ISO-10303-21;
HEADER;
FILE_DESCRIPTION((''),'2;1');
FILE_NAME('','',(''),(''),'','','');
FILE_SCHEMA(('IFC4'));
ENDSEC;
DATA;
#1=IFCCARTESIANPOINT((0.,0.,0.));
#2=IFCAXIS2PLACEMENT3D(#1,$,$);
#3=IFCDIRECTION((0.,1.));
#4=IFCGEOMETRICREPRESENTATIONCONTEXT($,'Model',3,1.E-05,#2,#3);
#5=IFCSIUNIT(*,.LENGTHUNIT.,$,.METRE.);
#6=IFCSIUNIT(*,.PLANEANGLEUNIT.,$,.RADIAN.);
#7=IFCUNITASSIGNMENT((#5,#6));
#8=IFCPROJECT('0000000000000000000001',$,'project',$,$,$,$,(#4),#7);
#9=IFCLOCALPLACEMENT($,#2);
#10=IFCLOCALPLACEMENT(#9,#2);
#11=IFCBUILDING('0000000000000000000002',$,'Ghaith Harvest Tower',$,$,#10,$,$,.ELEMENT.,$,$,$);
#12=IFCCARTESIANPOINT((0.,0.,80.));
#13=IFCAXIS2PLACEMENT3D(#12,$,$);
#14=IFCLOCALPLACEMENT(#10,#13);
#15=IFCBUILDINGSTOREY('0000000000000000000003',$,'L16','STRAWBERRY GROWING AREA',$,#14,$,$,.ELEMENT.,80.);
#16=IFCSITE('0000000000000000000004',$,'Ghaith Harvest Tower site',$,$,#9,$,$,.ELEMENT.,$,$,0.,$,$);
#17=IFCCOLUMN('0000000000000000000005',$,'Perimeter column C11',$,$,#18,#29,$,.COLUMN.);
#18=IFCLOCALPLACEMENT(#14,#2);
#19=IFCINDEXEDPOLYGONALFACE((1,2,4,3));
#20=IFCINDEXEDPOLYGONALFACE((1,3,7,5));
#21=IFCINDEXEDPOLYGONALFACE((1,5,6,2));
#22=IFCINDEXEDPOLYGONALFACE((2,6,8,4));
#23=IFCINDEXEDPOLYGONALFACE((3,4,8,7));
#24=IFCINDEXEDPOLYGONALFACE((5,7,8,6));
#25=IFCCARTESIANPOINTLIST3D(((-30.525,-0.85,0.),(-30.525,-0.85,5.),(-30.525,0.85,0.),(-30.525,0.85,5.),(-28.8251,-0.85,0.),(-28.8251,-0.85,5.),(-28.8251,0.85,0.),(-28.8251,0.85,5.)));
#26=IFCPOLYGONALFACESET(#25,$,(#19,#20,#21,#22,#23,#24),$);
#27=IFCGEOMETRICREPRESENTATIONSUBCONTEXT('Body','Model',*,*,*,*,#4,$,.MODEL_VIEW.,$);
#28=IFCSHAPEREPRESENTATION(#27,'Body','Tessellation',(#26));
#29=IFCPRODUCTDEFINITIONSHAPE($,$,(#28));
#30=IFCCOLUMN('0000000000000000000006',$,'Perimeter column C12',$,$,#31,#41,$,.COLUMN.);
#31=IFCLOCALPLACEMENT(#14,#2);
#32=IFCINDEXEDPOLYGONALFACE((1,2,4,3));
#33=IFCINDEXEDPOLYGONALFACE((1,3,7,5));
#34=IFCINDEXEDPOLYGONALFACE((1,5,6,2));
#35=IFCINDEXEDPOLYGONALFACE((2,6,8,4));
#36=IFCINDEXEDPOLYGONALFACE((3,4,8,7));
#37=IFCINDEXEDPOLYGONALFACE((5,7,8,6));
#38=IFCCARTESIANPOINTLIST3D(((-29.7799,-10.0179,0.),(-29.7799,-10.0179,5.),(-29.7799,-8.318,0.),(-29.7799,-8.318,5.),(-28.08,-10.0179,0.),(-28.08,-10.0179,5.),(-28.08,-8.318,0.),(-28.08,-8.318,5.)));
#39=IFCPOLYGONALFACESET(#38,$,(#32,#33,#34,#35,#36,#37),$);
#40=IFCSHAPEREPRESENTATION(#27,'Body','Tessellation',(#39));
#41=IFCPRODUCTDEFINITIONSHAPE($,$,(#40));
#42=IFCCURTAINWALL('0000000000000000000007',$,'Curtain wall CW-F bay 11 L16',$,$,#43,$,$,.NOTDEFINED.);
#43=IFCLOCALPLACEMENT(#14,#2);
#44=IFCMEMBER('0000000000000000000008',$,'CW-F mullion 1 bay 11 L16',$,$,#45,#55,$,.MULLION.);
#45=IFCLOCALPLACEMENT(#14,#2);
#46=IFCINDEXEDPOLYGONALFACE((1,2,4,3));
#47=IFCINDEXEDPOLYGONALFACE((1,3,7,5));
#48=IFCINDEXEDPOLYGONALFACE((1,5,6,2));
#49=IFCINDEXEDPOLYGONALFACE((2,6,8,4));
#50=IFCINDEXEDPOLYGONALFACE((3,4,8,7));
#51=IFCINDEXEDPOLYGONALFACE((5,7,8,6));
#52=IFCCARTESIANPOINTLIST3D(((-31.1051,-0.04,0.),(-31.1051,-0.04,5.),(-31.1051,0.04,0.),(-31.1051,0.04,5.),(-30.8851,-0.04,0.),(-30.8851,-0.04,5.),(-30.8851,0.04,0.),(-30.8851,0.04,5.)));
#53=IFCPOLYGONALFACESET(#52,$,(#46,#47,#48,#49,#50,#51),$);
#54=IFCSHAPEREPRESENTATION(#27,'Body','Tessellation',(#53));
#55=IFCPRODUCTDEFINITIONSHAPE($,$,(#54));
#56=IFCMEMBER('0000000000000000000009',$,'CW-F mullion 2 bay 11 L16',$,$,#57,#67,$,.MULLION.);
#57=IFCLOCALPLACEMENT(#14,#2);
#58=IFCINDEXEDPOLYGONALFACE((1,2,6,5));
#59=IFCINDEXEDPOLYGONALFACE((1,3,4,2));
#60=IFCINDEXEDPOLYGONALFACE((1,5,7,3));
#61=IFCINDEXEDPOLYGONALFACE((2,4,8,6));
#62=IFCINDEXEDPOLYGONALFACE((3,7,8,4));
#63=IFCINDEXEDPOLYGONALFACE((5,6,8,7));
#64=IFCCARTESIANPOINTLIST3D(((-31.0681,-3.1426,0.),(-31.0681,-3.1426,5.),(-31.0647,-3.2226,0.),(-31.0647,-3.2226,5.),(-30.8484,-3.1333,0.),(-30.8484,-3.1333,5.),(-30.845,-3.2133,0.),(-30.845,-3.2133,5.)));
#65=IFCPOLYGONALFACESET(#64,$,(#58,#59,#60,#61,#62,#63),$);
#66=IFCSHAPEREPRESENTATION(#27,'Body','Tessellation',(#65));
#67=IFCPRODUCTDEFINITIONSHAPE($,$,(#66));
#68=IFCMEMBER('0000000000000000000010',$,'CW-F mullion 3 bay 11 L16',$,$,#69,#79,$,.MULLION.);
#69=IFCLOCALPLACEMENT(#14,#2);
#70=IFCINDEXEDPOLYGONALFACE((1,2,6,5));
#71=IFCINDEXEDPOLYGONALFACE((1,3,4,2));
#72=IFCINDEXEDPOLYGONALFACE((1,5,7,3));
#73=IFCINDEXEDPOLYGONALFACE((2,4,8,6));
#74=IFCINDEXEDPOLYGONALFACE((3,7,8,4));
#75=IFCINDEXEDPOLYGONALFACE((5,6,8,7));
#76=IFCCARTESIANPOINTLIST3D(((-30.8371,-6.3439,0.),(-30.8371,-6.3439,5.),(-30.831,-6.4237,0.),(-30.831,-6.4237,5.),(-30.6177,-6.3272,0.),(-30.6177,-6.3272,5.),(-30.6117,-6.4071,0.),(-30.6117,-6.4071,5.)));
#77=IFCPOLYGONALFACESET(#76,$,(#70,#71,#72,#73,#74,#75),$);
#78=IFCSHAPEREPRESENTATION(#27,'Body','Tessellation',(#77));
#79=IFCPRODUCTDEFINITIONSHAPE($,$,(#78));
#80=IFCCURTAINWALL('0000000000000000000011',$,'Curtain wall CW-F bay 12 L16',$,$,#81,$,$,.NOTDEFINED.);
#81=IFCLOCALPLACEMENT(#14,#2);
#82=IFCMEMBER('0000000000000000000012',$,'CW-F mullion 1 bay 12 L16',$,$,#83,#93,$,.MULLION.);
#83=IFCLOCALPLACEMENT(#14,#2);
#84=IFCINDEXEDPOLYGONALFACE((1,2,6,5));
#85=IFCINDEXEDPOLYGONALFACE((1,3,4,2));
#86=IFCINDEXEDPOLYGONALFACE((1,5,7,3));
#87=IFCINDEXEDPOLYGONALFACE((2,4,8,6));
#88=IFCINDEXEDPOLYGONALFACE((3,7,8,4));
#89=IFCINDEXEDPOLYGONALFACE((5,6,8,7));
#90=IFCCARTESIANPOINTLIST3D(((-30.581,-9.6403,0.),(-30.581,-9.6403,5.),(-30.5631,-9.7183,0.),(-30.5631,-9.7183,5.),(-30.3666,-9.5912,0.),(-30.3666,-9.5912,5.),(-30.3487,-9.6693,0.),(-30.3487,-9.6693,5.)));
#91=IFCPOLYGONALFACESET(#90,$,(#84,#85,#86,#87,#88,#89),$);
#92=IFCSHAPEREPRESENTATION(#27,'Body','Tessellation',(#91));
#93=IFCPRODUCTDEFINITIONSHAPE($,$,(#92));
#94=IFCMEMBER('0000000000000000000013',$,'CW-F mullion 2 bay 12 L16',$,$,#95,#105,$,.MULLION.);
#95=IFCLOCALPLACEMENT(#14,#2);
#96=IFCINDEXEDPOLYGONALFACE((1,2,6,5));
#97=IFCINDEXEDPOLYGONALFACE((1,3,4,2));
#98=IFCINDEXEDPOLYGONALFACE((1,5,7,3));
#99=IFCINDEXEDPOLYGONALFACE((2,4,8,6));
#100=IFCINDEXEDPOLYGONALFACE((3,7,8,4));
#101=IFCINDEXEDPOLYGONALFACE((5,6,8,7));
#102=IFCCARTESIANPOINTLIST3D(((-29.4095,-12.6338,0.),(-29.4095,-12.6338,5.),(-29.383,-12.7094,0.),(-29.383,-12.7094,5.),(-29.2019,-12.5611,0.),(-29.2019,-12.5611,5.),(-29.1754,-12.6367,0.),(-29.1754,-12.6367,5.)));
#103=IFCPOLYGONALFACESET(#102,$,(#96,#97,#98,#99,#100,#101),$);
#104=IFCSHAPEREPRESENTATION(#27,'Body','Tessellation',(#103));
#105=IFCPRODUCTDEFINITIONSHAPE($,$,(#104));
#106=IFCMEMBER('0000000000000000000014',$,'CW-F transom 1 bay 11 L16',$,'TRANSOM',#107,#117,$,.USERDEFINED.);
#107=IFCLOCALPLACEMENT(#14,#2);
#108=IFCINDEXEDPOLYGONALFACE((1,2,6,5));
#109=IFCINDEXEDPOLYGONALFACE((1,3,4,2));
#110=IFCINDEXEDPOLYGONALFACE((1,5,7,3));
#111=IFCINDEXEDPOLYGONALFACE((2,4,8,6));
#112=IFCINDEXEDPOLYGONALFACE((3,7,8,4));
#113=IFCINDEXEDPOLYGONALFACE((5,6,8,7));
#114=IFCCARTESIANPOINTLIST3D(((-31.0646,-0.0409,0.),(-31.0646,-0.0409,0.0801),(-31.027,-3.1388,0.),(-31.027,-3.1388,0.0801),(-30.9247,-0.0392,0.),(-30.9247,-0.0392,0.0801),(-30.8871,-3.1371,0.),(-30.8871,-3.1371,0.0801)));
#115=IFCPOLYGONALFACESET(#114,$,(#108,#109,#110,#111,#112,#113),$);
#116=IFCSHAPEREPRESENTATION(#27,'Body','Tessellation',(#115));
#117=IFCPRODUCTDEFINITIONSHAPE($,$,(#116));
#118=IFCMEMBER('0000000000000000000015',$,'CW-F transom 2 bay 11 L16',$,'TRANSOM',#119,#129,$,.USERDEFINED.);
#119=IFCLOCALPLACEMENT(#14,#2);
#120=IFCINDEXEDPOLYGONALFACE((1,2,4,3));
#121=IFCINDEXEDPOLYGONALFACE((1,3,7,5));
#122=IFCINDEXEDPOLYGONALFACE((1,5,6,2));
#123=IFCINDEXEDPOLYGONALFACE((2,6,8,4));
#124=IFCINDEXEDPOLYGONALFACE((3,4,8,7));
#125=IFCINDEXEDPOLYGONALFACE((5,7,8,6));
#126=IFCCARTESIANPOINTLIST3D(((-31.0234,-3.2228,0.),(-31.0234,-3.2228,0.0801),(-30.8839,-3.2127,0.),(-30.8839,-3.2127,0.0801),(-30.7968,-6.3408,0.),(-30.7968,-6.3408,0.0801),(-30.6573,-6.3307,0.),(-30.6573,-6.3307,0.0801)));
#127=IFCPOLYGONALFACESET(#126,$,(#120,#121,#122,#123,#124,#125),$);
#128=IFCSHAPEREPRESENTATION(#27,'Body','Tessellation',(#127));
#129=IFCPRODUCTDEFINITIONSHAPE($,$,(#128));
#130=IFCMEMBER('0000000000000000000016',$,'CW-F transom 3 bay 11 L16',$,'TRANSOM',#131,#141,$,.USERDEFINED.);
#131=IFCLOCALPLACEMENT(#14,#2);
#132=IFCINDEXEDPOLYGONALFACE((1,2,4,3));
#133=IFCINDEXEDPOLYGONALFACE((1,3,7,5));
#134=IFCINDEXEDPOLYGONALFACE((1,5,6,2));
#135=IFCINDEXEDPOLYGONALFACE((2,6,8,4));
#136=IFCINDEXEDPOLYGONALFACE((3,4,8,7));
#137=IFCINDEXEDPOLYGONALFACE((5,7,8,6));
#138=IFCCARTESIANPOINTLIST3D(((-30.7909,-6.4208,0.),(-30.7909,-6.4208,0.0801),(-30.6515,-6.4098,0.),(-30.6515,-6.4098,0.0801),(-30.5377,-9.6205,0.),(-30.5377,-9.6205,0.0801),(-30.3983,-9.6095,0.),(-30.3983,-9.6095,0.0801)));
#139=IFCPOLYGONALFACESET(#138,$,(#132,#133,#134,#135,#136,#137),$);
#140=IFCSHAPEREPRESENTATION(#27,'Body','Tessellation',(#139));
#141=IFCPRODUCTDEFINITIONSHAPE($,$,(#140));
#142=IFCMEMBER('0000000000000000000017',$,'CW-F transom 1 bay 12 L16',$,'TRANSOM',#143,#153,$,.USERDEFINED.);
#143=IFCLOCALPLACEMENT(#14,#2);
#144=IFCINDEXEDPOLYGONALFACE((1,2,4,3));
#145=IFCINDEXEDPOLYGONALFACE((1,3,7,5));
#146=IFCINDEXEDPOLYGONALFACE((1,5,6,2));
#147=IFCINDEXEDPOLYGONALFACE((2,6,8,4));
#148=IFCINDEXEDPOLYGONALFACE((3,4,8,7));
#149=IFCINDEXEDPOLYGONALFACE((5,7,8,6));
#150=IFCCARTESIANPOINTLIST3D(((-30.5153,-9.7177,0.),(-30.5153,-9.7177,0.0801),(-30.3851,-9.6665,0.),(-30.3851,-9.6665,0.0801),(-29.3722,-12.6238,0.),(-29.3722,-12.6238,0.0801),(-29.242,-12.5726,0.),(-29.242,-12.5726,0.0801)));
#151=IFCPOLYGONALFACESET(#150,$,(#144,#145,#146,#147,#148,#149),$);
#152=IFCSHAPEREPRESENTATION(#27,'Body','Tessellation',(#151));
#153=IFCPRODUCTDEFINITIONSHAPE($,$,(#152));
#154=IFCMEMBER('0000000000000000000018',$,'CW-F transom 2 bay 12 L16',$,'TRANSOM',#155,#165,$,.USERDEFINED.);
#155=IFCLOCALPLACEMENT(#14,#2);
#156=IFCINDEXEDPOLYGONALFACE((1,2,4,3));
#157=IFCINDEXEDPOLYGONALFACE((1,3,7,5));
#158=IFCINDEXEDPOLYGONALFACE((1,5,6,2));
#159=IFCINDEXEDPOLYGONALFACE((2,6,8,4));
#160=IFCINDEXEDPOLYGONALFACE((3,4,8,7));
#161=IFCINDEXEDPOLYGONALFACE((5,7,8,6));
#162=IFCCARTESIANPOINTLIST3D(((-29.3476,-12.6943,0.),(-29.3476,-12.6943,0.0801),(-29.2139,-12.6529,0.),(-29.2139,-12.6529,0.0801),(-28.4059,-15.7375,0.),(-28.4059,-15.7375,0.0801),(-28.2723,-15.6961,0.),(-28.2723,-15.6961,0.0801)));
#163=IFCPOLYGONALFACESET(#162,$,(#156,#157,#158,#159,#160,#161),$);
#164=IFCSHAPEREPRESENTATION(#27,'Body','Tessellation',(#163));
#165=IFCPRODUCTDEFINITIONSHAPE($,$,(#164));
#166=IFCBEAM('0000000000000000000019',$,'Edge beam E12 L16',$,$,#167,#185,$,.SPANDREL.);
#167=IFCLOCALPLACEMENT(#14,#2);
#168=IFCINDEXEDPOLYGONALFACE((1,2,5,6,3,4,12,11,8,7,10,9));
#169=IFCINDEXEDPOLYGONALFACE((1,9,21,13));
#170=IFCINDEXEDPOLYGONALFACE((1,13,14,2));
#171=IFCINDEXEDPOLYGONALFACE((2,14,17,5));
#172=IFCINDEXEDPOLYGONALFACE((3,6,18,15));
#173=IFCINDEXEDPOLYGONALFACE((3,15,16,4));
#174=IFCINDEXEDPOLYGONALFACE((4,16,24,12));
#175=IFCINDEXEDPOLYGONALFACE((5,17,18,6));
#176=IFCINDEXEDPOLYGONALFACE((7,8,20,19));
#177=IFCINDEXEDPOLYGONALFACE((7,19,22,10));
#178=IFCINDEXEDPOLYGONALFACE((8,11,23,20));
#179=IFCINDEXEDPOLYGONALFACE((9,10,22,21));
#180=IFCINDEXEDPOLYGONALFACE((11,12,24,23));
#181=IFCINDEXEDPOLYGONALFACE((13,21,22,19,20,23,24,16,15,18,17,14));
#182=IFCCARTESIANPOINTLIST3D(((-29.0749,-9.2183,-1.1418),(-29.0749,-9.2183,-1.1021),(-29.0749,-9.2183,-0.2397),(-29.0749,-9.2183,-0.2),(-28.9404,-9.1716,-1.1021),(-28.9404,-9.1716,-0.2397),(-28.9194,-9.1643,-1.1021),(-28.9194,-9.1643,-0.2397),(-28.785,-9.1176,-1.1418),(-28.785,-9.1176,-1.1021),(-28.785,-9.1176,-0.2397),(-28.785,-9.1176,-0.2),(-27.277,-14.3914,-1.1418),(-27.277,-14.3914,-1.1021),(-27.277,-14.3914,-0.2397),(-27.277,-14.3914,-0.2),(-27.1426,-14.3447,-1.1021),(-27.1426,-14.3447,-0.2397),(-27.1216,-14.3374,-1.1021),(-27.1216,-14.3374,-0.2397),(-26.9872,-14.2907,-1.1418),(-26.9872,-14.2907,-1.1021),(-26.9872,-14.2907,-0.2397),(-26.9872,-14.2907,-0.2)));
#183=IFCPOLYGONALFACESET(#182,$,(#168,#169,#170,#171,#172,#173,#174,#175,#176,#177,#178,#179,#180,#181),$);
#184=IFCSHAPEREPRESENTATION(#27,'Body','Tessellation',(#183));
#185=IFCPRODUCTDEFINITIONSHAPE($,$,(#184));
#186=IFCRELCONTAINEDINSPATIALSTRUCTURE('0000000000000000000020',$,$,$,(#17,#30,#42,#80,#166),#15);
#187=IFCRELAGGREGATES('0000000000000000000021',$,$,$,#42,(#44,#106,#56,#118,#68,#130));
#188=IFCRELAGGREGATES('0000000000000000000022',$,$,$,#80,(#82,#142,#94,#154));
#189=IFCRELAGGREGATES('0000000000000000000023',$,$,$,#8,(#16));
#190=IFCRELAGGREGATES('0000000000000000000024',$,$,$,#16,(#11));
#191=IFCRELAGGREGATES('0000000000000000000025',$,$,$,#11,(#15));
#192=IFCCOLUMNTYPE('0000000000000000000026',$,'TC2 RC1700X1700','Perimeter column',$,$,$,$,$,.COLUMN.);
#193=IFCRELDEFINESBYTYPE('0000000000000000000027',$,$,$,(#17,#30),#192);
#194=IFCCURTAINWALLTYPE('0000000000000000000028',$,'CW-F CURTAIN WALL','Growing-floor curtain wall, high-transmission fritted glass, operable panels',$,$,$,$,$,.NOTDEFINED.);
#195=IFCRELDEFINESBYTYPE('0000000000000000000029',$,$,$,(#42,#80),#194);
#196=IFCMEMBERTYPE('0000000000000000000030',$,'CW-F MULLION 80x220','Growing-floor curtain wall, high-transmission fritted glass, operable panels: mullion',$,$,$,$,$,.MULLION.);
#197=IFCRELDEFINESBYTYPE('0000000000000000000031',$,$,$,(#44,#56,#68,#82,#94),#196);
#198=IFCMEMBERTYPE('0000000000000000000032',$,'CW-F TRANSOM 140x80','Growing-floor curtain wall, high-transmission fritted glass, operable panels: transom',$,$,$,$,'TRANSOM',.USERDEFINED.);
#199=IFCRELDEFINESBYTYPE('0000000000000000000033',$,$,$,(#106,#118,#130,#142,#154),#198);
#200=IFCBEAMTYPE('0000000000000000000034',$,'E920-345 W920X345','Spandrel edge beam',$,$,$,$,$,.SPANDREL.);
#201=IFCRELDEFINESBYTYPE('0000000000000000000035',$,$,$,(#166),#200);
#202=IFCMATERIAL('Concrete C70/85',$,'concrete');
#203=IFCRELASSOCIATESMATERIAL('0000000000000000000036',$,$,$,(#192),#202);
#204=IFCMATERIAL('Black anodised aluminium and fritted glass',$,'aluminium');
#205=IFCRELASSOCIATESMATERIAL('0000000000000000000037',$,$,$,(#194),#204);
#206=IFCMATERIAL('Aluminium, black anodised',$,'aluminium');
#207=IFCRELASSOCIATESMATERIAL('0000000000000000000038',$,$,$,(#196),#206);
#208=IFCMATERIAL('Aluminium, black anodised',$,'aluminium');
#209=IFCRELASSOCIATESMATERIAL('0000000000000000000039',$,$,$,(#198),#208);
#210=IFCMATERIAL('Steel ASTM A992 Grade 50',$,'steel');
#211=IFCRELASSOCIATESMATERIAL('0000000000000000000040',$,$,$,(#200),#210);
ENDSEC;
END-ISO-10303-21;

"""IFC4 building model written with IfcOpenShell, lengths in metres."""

from ifc_helpers import new_model, si_unit, direction, frame, origin, origin_2d, place, context, subcontext, project, spatial, rectangle, i_section, extrude, material, material_profile, profile_set, type_object, element, aggregate, save


model = new_model("IFC4")

# Units and contexts
model_context = context("Model", 3, precision=1e-05, world=origin(), true_north=direction((0.0, 1.0)))
body_context = subcontext(model_context, "Body", "Model", "MODEL_VIEW")
ifc_project = project(units=[si_unit("LENGTHUNIT", "METRE"), si_unit("PLANEANGLEUNIT", "RADIAN")], contexts=[model_context])

# Site, building, storey
site_placement = place(None, origin())
site = spatial("IfcSite", under=ifc_project, at=site_placement, Name="Ghaith Harvest Tower site", CompositionType="ELEMENT", RefElevation=0.0)
building_placement = place(site_placement, origin())
building = spatial("IfcBuilding", under=site, at=building_placement, Name="Ghaith Harvest Tower", CompositionType="ELEMENT")
storey_placement = place(building_placement, frame((0.0, 0.0, 80.0)))
storey = spatial("IfcBuildingStorey", under=building, at=storey_placement, Name="L16", Description="STRAWBERRY GROWING AREA", CompositionType="ELEMENT", Elevation=80.0)

# Columns
ifc_material_1 = material(Name="Concrete C70/85", Category="concrete")
ifc_material_profile_1 = material_profile(ifc_material_1, rectangle(XDim=1.7, YDim=1.7, at=origin_2d()), Name="RC1700X1700")
ifc_profile_set_1 = profile_set([ifc_material_profile_1], Name="Concrete C70/85")
column_type = type_object("IfcColumnType", Name="TC2 RC1700X1700", Description="Perimeter column", PredefinedType="COLUMN", material=ifc_profile_set_1)
for number, where, z_axis, x_axis, name in (
    (1, (-29.675, 0.0, 0.0), (0.0, 0.0, 1.0), (1.0, 0.0, 0.0), "Perimeter column C11"),
    (2, (-28.9299, -9.168, 0.0), (0.0, 0.0, 1.0), (1.0, 0.0, 0.0), "Perimeter column C12"),
):
    element("IfcColumn", number, at=place(storey_placement, frame(where, z_axis=z_axis, x_axis=x_axis)), inside=storey, type_object=column_type, Name=name, PredefinedType="COLUMN", context=body_context, shape_type="SweptSolid", body=[
        extrude(rectangle(XDim=1.7, YDim=1.7, at=origin_2d()), origin(), (0.0, 0.0, 1.0), 5.0),
    ])

# Curtain walls, members
ifc_material_2 = material(Name="Black anodised aluminium and fritted glass", Category="aluminium")
curtain_wall_type = type_object("IfcCurtainWallType", Name="CW-F CURTAIN WALL", Description="Growing-floor curtain wall, high-transmission fritted glass, operable panels", PredefinedType="NOTDEFINED", material=ifc_material_2)
curtain_wall_1_placement = place(storey_placement, origin())
curtain_wall_1 = element("IfcCurtainWall", 3, at=curtain_wall_1_placement, inside=storey, type_object=curtain_wall_type, Name="Curtain wall CW-F bay 11 L16", PredefinedType="NOTDEFINED")
ifc_material_3 = material(Name="Aluminium, black anodised", Category="aluminium")
ifc_material_profile_2 = material_profile(ifc_material_3, rectangle(XDim=0.0801, YDim=0.22, at=origin_2d()), Name="CW-F MULLION 80x220")
ifc_profile_set_2 = profile_set([ifc_material_profile_2], Name="Aluminium, black anodised")
member_type_1 = type_object("IfcMemberType", Name="CW-F MULLION 80x220", Description="Growing-floor curtain wall, high-transmission fritted glass, operable panels: mullion", PredefinedType="MULLION", material=ifc_profile_set_2)
member_1_placement = place(storey_placement, frame((-30.9951, 0.0, 0.0), z_axis=(0.0, 0.0, 1.0), x_axis=(0.0, -1.0, 0.0)))
member_1 = element("IfcMember", 4, at=member_1_placement, type_object=member_type_1, Name="CW-F mullion 1 bay 11 L16", PredefinedType="MULLION", context=body_context, shape_type="SweptSolid", body=[
    extrude(rectangle(XDim=0.0801, YDim=0.22, at=origin_2d()), origin(), (0.0, 0.0, 1.0), 5.0),
])
member_2_placement = place(storey_placement, frame((-30.9565, -3.178, 0.0), z_axis=(0.0, 0.0, 1.0), x_axis=(0.042427, -0.9991, 0.0)))
member_2 = element("IfcMember", 5, at=member_2_placement, type_object=member_type_1, Name="CW-F mullion 2 bay 11 L16", PredefinedType="MULLION", context=body_context, shape_type="SweptSolid", body=[
    extrude(rectangle(XDim=0.0801, YDim=0.22, at=origin_2d()), origin(), (0.0, 0.0, 1.0), 5.0),
])
member_3_placement = place(storey_placement, frame((-30.7244, -6.3755, 0.0), z_axis=(0.0, 0.0, 1.0), x_axis=(0.075686, -0.997132, 0.0)))
member_3 = element("IfcMember", 6, at=member_3_placement, type_object=member_type_1, Name="CW-F mullion 3 bay 11 L16", PredefinedType="MULLION", context=body_context, shape_type="SweptSolid", body=[
    extrude(rectangle(XDim=0.0801, YDim=0.22, at=origin_2d()), origin(), (0.0, 0.0, 1.0), 5.0),
])
curtain_wall_2_placement = place(storey_placement, origin())
curtain_wall_2 = element("IfcCurtainWall", 7, at=curtain_wall_2_placement, inside=storey, type_object=curtain_wall_type, Name="Curtain wall CW-F bay 12 L16", PredefinedType="NOTDEFINED")
member_4_placement = place(storey_placement, frame((-30.4648, -9.6548, 0.0), z_axis=(0.0, 0.0, 1.0), x_axis=(0.222967, -0.974826, 0.0)))
member_4 = element("IfcMember", 8, at=member_4_placement, type_object=member_type_1, Name="CW-F mullion 1 bay 12 L16", PredefinedType="MULLION", context=body_context, shape_type="SweptSolid", body=[
    extrude(rectangle(XDim=0.0801, YDim=0.22, at=origin_2d()), origin(), (0.0, 0.0, 1.0), 5.0),
])
member_5_placement = place(storey_placement, frame((-29.2925, -12.6353, 0.0), z_axis=(0.0, 0.0, 1.0), x_axis=(0.330701, -0.943736, 0.0)))
member_5 = element("IfcMember", 9, at=member_5_placement, type_object=member_type_1, Name="CW-F mullion 2 bay 12 L16", PredefinedType="MULLION", context=body_context, shape_type="SweptSolid", body=[
    extrude(rectangle(XDim=0.0801, YDim=0.22, at=origin_2d()), origin(), (0.0, 0.0, 1.0), 5.0),
])

# Members
ifc_material_4 = material(Name="Aluminium, black anodised", Category="aluminium")
ifc_material_profile_3 = material_profile(ifc_material_4, rectangle(XDim=0.1399, YDim=0.0801, at=origin_2d()), Name="CW-F TRANSOM 140x80")
ifc_profile_set_3 = profile_set([ifc_material_profile_3], Name="Aluminium, black anodised")
member_type_2 = type_object("IfcMemberType", Name="CW-F TRANSOM 140x80", Description="Growing-floor curtain wall, high-transmission fritted glass, operable panels: transom", ElementType="TRANSOM", PredefinedType="USERDEFINED", material=ifc_profile_set_3)
member_6_placement = place(storey_placement, frame((-30.9946, -0.04, 0.04), z_axis=(0.012136, -0.999926, 0.0), x_axis=(0.999926, 0.012136, 0.0)))
member_6 = element("IfcMember", 10, at=member_6_placement, type_object=member_type_2, Name="CW-F transom 1 bay 11 L16", ObjectType="TRANSOM", PredefinedType="USERDEFINED", context=body_context, shape_type="SweptSolid", body=[
    extrude(rectangle(XDim=0.1399, YDim=0.0801, at=origin_2d()), origin(), (0.0, 0.0, 1.0), 3.0981),
])
member_7_placement = place(storey_placement, frame((-30.9536, -3.2178, 0.04), z_axis=(0.072474, -0.99737, 0.0), x_axis=(0.99737, 0.072474, 0.0)))
member_7 = element("IfcMember", 11, at=member_7_placement, type_object=member_type_2, Name="CW-F transom 2 bay 11 L16", ObjectType="TRANSOM", PredefinedType="USERDEFINED", context=body_context, shape_type="SweptSolid", body=[
    extrude(rectangle(XDim=0.1399, YDim=0.0801, at=origin_2d()), origin(), (0.0, 0.0, 1.0), 3.1262),
])
member_8_placement = place(storey_placement, frame((-30.7212, -6.4153, 0.04), z_axis=(0.078878, -0.996884, 0.0), x_axis=(0.996884, 0.078878, 0.0)))
member_8 = element("IfcMember", 12, at=member_8_placement, type_object=member_type_2, Name="CW-F transom 3 bay 11 L16", ObjectType="TRANSOM", PredefinedType="USERDEFINED", context=body_context, shape_type="SweptSolid", body=[
    extrude(rectangle(XDim=0.1399, YDim=0.0801, at=origin_2d()), origin(), (0.0, 0.0, 1.0), 3.2097),
])
member_9_placement = place(storey_placement, frame((-30.4502, -9.6921, 0.04), z_axis=(0.366047, -0.930597, 0.0), x_axis=(0.930597, 0.366047, 0.0)))
member_9 = element("IfcMember", 13, at=member_9_placement, type_object=member_type_2, Name="CW-F transom 1 bay 12 L16", ObjectType="TRANSOM", PredefinedType="USERDEFINED", context=body_context, shape_type="SweptSolid", body=[
    extrude(rectangle(XDim=0.1399, YDim=0.0801, at=origin_2d()), origin(), (0.0, 0.0, 1.0), 3.1228),
])
member_10_placement = place(storey_placement, frame((-29.2808, -12.6736, 0.04), z_axis=(0.295599, -0.955312, 0.0), x_axis=(0.955312, 0.295599, 0.0)))
member_10 = element("IfcMember", 14, at=member_10_placement, type_object=member_type_2, Name="CW-F transom 2 bay 12 L16", ObjectType="TRANSOM", PredefinedType="USERDEFINED", context=body_context, shape_type="SweptSolid", body=[
    extrude(rectangle(XDim=0.1399, YDim=0.0801, at=origin_2d()), origin(), (0.0, 0.0, 1.0), 3.1855),
])

# Beam
ifc_material_5 = material(Name="Steel ASTM A992 Grade 50", Category="steel")
ifc_material_profile_4 = material_profile(ifc_material_5, i_section(OverallWidth=0.3069, OverallDepth=0.9419, WebThickness=0.0222, FlangeThickness=0.0398, at=origin_2d()), Name="W920X345")
ifc_profile_set_4 = profile_set([ifc_material_profile_4], Name="Steel ASTM A992 Grade 50")
beam_type = type_object("IfcBeamType", Name="E920-345 W920X345", Description="Spandrel edge beam", PredefinedType="SPANDREL", material=ifc_profile_set_4)
beam_placement = place(storey_placement, frame((-28.9299, -9.168, -0.6709), z_axis=(0.328279, -0.944581, 0.0), x_axis=(0.944581, 0.328279, 0.0)))
element("IfcBeam", 15, at=beam_placement, inside=storey, type_object=beam_type, Name="Edge beam E12 L16", PredefinedType="SPANDREL", context=body_context, shape_type="SweptSolid", body=[
    extrude(i_section(OverallWidth=0.3069, OverallDepth=0.9419, WebThickness=0.0222, FlangeThickness=0.0398, at=origin_2d()), origin(), (0.0, 0.0, 1.0), 5.4766),
])

aggregate(curtain_wall_1, [member_1, member_6, member_2, member_7, member_3, member_8])
aggregate(curtain_wall_2, [member_4, member_9, member_5, member_10])

save(model, "model.ifc")
